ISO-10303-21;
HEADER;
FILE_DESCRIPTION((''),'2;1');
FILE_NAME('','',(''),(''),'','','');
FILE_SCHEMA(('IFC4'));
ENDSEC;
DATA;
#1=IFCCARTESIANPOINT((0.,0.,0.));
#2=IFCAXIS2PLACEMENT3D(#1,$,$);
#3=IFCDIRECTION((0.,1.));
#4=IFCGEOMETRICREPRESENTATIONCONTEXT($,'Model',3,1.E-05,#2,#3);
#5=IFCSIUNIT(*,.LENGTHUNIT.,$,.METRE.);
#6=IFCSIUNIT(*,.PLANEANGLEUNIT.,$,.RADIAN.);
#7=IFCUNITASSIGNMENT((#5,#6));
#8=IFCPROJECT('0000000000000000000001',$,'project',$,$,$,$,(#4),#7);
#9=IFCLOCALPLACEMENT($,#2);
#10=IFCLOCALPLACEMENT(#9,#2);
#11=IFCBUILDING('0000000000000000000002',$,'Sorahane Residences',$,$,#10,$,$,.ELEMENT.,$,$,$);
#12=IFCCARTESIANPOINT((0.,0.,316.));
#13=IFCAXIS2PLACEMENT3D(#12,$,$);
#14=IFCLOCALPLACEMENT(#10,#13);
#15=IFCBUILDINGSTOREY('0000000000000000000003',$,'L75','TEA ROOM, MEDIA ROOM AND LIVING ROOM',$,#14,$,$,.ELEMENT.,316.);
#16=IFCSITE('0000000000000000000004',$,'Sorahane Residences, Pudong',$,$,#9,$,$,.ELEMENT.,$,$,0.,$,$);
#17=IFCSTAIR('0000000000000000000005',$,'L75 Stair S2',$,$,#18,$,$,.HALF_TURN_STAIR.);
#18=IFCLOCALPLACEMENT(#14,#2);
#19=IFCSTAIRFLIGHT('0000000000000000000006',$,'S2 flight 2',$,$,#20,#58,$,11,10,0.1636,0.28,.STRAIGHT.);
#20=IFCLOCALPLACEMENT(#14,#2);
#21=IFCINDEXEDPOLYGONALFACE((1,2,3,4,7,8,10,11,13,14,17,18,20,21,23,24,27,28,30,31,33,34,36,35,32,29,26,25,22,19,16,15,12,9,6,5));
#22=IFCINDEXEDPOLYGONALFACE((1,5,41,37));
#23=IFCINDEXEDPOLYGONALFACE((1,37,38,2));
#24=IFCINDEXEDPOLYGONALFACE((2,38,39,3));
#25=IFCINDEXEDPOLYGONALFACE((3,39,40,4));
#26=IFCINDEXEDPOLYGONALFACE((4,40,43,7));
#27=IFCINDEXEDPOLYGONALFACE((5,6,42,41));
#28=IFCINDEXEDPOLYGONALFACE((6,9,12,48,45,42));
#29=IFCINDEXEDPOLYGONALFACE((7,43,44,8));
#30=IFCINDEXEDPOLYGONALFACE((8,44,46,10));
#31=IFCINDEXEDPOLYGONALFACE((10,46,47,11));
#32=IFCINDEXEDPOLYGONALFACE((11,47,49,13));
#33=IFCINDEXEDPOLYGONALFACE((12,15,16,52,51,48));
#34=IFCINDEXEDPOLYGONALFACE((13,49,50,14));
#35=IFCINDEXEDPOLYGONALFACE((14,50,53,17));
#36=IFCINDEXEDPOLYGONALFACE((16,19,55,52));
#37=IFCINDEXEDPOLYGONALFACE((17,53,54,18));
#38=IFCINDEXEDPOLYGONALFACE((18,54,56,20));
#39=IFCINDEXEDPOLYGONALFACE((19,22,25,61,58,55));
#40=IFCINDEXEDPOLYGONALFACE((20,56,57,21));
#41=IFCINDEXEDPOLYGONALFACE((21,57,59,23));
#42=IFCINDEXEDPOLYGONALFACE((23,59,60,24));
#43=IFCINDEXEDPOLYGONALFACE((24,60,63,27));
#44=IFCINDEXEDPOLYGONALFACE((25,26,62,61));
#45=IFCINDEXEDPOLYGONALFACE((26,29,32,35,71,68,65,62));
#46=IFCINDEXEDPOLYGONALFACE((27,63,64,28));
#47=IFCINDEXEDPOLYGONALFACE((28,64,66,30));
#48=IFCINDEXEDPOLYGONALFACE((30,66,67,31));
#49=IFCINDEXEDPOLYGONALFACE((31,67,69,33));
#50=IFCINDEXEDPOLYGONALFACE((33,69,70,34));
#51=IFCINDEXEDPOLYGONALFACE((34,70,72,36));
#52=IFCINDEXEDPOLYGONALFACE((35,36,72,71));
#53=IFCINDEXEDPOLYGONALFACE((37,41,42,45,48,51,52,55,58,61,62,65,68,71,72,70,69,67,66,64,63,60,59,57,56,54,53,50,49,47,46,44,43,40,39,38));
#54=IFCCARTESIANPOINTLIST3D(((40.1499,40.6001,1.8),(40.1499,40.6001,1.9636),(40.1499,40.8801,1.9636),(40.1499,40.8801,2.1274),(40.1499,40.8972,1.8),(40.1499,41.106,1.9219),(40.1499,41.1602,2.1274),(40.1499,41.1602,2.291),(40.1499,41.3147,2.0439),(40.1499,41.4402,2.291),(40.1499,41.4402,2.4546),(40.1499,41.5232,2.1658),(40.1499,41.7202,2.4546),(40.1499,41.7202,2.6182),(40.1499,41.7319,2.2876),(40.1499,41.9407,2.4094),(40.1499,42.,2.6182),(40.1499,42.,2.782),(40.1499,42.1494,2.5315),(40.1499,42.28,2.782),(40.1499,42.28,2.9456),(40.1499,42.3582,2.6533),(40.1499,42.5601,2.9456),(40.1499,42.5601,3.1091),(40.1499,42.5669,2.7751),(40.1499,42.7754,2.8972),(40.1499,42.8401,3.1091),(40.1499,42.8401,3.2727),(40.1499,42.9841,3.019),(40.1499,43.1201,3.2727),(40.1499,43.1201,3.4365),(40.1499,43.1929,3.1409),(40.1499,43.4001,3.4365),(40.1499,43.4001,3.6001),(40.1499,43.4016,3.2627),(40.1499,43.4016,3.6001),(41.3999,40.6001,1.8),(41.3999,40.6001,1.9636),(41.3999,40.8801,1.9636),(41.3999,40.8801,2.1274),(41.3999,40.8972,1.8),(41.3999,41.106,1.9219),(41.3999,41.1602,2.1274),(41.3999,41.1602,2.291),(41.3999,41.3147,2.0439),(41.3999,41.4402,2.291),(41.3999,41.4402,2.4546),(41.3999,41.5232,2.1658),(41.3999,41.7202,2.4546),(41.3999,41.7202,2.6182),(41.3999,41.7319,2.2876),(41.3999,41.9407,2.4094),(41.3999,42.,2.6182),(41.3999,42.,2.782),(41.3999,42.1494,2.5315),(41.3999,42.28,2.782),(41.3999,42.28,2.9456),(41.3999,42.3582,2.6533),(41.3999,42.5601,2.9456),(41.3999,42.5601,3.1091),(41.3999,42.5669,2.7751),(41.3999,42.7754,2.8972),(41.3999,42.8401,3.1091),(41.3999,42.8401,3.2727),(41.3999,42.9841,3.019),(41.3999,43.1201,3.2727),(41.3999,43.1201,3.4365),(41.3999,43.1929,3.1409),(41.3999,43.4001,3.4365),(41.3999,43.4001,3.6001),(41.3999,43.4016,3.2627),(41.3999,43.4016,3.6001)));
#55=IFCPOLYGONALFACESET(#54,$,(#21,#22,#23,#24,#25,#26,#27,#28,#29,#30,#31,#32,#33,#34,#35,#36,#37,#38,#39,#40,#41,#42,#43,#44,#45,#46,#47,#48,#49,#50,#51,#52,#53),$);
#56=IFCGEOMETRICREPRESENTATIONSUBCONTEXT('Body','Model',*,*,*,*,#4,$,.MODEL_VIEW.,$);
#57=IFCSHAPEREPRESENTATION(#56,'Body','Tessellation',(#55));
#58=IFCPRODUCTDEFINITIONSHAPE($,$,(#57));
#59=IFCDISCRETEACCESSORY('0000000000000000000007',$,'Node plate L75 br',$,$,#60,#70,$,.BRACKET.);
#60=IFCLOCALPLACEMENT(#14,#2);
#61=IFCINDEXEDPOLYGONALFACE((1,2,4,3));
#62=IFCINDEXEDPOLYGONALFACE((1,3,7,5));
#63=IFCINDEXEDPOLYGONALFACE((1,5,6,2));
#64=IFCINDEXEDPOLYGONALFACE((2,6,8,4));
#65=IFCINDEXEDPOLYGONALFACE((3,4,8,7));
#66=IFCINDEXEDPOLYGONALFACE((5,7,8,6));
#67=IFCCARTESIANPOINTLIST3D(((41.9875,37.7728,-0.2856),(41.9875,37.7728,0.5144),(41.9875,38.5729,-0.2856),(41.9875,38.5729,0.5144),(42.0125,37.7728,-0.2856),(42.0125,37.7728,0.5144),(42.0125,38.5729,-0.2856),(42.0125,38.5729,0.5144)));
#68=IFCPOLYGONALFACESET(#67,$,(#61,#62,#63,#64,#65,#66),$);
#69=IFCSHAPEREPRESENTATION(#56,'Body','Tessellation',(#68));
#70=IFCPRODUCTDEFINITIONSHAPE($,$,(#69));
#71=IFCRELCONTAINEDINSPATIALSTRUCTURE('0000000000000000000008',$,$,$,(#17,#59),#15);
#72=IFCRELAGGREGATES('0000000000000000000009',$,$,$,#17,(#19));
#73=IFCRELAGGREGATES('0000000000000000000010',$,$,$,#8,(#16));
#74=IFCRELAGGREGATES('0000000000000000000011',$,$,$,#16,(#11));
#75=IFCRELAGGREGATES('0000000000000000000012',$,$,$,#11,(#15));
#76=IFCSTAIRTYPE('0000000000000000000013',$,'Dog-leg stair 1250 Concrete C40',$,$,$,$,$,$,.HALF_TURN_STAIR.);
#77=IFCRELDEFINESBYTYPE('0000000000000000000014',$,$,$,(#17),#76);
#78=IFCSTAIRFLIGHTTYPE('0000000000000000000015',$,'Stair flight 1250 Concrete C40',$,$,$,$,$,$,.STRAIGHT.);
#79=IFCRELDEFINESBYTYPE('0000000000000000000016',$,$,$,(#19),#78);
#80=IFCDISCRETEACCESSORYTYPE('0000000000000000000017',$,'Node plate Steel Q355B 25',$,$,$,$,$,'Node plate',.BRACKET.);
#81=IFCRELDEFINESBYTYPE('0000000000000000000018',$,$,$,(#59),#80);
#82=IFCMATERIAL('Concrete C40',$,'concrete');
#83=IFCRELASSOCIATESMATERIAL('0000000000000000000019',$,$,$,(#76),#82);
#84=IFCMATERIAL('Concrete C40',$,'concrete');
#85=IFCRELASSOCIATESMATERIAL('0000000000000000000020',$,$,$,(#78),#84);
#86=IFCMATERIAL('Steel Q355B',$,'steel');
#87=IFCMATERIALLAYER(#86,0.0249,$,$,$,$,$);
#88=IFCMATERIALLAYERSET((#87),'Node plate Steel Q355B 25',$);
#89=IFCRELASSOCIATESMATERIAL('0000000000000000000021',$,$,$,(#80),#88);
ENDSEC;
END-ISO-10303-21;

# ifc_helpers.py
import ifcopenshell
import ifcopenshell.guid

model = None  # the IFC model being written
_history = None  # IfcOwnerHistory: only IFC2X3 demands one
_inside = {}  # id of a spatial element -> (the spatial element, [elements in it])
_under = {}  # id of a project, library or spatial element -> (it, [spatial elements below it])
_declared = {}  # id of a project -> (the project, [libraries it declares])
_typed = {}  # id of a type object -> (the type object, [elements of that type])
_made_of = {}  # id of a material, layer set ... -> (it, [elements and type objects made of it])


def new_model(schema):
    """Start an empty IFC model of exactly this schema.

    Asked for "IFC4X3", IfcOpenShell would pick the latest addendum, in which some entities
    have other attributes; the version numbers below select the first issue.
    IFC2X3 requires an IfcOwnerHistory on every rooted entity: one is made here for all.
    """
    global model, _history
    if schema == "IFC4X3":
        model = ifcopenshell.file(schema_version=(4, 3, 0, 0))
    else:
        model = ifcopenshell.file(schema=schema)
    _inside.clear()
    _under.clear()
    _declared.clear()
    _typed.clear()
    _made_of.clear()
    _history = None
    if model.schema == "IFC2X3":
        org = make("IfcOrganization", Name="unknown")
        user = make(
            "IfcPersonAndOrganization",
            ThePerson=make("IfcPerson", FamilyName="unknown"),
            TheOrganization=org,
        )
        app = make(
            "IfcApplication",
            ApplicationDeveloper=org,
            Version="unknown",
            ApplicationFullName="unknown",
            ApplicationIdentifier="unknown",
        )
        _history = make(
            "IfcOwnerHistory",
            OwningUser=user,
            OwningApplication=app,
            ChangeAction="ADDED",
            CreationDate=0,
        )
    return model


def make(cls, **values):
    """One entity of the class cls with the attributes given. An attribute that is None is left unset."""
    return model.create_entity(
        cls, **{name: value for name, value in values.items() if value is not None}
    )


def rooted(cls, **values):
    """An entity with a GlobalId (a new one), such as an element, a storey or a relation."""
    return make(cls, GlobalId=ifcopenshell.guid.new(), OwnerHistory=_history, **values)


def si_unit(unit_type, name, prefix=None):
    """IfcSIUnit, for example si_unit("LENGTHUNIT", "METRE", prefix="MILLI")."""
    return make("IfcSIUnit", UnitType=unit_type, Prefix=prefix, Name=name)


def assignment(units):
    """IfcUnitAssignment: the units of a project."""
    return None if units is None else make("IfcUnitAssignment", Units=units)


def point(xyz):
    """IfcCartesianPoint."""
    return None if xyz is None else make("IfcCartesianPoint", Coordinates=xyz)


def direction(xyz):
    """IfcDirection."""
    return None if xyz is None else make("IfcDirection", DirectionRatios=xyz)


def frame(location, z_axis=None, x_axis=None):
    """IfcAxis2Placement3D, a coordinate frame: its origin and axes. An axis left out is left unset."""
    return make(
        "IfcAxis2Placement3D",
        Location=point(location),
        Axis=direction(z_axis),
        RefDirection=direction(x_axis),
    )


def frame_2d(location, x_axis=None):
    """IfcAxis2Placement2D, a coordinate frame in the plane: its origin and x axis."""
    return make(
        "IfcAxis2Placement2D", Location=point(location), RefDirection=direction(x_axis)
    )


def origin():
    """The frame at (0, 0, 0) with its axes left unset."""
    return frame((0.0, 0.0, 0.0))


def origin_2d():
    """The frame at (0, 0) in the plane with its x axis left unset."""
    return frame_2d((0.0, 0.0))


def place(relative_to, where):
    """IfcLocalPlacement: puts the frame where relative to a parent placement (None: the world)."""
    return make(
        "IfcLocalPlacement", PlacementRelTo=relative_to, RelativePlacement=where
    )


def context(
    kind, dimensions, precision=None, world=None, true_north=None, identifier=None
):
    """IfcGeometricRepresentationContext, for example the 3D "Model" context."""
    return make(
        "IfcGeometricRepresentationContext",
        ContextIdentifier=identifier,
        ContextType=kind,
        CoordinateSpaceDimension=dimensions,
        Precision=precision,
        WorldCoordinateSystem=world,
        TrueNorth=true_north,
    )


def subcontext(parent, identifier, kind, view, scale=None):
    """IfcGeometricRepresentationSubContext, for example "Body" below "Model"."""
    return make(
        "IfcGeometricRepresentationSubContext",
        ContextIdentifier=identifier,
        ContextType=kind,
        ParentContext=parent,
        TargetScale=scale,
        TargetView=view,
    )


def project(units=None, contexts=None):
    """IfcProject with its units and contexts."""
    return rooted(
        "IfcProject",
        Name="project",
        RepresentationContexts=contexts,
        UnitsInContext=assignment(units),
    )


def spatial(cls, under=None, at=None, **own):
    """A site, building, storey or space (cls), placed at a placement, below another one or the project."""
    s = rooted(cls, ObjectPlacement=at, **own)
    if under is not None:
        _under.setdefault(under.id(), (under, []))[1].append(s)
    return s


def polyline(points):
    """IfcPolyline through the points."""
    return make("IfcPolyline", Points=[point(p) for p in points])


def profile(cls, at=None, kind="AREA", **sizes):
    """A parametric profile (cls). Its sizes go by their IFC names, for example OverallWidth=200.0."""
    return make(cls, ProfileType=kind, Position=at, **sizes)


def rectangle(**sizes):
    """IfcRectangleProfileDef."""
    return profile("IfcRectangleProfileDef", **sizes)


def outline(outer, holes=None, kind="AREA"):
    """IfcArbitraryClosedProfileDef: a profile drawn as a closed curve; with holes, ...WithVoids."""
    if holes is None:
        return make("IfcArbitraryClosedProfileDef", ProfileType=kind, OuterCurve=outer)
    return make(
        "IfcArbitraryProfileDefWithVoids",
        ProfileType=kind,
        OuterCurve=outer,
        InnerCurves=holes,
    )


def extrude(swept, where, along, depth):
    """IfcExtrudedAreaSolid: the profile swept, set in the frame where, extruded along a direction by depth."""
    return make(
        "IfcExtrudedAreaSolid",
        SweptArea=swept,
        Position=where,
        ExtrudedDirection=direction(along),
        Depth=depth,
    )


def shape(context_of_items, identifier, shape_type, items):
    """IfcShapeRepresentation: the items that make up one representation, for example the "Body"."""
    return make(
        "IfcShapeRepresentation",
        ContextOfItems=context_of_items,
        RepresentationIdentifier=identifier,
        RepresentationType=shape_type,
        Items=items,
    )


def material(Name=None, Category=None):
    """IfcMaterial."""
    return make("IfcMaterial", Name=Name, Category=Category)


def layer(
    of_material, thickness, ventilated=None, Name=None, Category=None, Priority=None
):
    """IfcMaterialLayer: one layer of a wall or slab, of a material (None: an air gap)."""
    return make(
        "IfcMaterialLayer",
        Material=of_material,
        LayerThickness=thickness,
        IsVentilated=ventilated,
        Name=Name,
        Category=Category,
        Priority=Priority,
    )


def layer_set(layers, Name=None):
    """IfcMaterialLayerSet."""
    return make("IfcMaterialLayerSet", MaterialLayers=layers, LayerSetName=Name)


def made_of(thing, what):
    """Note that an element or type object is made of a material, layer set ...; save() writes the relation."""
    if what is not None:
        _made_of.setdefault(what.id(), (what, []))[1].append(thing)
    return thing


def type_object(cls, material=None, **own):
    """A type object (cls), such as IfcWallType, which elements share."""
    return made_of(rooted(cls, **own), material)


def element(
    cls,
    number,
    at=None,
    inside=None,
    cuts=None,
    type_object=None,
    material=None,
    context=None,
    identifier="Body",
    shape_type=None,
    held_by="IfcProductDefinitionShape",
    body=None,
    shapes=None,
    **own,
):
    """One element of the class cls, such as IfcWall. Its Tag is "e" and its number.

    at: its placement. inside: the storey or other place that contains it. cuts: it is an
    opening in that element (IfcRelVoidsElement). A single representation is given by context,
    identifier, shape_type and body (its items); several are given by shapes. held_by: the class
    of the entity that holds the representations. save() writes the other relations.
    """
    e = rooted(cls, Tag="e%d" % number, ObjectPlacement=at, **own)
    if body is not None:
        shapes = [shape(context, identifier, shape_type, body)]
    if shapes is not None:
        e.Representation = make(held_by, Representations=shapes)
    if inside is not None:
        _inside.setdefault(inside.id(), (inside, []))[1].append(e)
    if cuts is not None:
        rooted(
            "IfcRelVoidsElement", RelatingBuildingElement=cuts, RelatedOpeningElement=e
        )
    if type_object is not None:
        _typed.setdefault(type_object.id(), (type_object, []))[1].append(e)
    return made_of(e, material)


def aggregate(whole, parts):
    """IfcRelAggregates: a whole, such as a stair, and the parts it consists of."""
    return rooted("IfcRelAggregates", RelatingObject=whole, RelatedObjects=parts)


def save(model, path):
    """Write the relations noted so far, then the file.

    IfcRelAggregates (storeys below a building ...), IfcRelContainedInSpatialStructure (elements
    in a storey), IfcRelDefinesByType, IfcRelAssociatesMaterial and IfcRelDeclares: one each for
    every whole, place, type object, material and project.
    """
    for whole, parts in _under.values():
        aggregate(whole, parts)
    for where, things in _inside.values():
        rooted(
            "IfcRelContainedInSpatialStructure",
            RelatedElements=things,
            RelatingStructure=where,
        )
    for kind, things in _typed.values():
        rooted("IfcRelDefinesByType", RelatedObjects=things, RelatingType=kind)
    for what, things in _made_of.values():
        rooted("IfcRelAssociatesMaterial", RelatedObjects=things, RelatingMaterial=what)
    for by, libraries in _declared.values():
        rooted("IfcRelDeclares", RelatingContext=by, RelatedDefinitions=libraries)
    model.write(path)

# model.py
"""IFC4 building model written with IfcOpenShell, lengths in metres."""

from ifc_helpers import new_model, si_unit, direction, frame, origin, origin_2d, place, context, subcontext, project, spatial, polyline, rectangle, outline, extrude, material, layer, layer_set, type_object, element, aggregate, save


model = new_model("IFC4")

# Units and contexts
model_context = context("Model", 3, precision=1e-05, world=origin(), true_north=direction((0.0, 1.0)))
body_context = subcontext(model_context, "Body", "Model", "MODEL_VIEW")
ifc_project = project(units=[si_unit("LENGTHUNIT", "METRE"), si_unit("PLANEANGLEUNIT", "RADIAN")], contexts=[model_context])

# Site, building, storey
site_placement = place(None, origin())
site = spatial("IfcSite", under=ifc_project, at=site_placement, Name="Sorahane Residences, Pudong", CompositionType="ELEMENT", RefElevation=0.0)
building_placement = place(site_placement, origin())
building = spatial("IfcBuilding", under=site, at=building_placement, Name="Sorahane Residences", CompositionType="ELEMENT")
storey_placement = place(building_placement, frame((0.0, 0.0, 316.0)))
storey = spatial("IfcBuildingStorey", under=building, at=storey_placement, Name="L75", Description="TEA ROOM, MEDIA ROOM AND LIVING ROOM", CompositionType="ELEMENT", Elevation=316.0)

# Stair, stair flight
ifc_material_1 = material(Name="Concrete C40", Category="concrete")
stair_type = type_object("IfcStairType", Name="Dog-leg stair 1250 Concrete C40", PredefinedType="HALF_TURN_STAIR", material=ifc_material_1)
stair_placement = place(storey_placement, origin())
stair = element("IfcStair", 1, at=stair_placement, inside=storey, type_object=stair_type, Name="L75 Stair S2", PredefinedType="HALF_TURN_STAIR")
ifc_material_2 = material(Name="Concrete C40", Category="concrete")
stair_flight_type = type_object("IfcStairFlightType", Name="Stair flight 1250 Concrete C40", PredefinedType="STRAIGHT", material=ifc_material_2)
stair_flight_placement = place(storey_placement, frame((40.7749, 40.6001, 1.8), z_axis=(0.0, 0.0, 1.0), x_axis=(0.0, 1.0, 0.0)))
stair_flight = element("IfcStairFlight", 2, at=stair_flight_placement, type_object=stair_flight_type, Name="S2 flight 2", NumberOfRisers=11, NumberOfTreads=10, PredefinedType="STRAIGHT", RiserHeight=0.1636, TreadLength=0.28, context=body_context, shape_type="SweptSolid", body=[
    extrude(outline(polyline([(0.0, 0.0), (0.0, 0.1636), (0.28, 0.1636), (0.28, 0.3274), (0.5601, 0.3274), (0.5601, 0.491), (0.8401, 0.491), (0.8401, 0.6545), (1.1201, 0.6545), (1.1201, 0.8181), (1.3999, 0.8181), (1.3999, 0.9819), (1.6799, 0.9819), (1.6799, 1.1455), (1.96, 1.1455), (1.96, 1.3091), (2.24, 1.3091), (2.24, 1.4727), (2.52, 1.4727), (2.52, 1.6365), (2.8, 1.6365), (2.8, 1.8), (2.8015, 1.8), (2.8015, 1.4626), (2.5928, 1.3408), (2.384, 1.219), (2.1753, 1.0972), (1.9668, 0.9751), (1.7581, 0.8533), (1.5493, 0.7314), (1.3406, 0.6094), (1.1318, 0.4875), (0.9231, 0.3657), (0.7146, 0.2439), (0.5059, 0.1218), (0.2971, 0.0), (0.0, 0.0)])), frame((0.0, 0.625, 0.0), z_axis=(0.0, -1.0, 0.0), x_axis=(1.0, 0.0, 0.0)), (0.0, 0.0, 1.0), 1.25),
])
aggregate(stair, [stair_flight])

# Discrete accessory
ifc_material_3 = material(Name="Steel Q355B", Category="steel")
ifc_layer_1 = layer(ifc_material_3, 0.0249)
ifc_layer_set_1 = layer_set([ifc_layer_1], Name="Node plate Steel Q355B 25")
discrete_accessory_type = type_object("IfcDiscreteAccessoryType", Name="Node plate Steel Q355B 25", ElementType="Node plate", PredefinedType="BRACKET", material=ifc_layer_set_1)
discrete_accessory_placement = place(storey_placement, frame((42.0, 38.1729, -0.2856), z_axis=(0.0, 0.0, 1.0), x_axis=(0.0, 1.0, 0.0)))
element("IfcDiscreteAccessory", 3, at=discrete_accessory_placement, inside=storey, type_object=discrete_accessory_type, Name="Node plate L75 br", PredefinedType="BRACKET", context=body_context, shape_type="SweptSolid", body=[
    extrude(rectangle(XDim=0.8, YDim=0.0249, at=origin_2d()), origin(), (0.0, 0.0, 1.0), 0.8),
])

save(model, "model.ifc")
